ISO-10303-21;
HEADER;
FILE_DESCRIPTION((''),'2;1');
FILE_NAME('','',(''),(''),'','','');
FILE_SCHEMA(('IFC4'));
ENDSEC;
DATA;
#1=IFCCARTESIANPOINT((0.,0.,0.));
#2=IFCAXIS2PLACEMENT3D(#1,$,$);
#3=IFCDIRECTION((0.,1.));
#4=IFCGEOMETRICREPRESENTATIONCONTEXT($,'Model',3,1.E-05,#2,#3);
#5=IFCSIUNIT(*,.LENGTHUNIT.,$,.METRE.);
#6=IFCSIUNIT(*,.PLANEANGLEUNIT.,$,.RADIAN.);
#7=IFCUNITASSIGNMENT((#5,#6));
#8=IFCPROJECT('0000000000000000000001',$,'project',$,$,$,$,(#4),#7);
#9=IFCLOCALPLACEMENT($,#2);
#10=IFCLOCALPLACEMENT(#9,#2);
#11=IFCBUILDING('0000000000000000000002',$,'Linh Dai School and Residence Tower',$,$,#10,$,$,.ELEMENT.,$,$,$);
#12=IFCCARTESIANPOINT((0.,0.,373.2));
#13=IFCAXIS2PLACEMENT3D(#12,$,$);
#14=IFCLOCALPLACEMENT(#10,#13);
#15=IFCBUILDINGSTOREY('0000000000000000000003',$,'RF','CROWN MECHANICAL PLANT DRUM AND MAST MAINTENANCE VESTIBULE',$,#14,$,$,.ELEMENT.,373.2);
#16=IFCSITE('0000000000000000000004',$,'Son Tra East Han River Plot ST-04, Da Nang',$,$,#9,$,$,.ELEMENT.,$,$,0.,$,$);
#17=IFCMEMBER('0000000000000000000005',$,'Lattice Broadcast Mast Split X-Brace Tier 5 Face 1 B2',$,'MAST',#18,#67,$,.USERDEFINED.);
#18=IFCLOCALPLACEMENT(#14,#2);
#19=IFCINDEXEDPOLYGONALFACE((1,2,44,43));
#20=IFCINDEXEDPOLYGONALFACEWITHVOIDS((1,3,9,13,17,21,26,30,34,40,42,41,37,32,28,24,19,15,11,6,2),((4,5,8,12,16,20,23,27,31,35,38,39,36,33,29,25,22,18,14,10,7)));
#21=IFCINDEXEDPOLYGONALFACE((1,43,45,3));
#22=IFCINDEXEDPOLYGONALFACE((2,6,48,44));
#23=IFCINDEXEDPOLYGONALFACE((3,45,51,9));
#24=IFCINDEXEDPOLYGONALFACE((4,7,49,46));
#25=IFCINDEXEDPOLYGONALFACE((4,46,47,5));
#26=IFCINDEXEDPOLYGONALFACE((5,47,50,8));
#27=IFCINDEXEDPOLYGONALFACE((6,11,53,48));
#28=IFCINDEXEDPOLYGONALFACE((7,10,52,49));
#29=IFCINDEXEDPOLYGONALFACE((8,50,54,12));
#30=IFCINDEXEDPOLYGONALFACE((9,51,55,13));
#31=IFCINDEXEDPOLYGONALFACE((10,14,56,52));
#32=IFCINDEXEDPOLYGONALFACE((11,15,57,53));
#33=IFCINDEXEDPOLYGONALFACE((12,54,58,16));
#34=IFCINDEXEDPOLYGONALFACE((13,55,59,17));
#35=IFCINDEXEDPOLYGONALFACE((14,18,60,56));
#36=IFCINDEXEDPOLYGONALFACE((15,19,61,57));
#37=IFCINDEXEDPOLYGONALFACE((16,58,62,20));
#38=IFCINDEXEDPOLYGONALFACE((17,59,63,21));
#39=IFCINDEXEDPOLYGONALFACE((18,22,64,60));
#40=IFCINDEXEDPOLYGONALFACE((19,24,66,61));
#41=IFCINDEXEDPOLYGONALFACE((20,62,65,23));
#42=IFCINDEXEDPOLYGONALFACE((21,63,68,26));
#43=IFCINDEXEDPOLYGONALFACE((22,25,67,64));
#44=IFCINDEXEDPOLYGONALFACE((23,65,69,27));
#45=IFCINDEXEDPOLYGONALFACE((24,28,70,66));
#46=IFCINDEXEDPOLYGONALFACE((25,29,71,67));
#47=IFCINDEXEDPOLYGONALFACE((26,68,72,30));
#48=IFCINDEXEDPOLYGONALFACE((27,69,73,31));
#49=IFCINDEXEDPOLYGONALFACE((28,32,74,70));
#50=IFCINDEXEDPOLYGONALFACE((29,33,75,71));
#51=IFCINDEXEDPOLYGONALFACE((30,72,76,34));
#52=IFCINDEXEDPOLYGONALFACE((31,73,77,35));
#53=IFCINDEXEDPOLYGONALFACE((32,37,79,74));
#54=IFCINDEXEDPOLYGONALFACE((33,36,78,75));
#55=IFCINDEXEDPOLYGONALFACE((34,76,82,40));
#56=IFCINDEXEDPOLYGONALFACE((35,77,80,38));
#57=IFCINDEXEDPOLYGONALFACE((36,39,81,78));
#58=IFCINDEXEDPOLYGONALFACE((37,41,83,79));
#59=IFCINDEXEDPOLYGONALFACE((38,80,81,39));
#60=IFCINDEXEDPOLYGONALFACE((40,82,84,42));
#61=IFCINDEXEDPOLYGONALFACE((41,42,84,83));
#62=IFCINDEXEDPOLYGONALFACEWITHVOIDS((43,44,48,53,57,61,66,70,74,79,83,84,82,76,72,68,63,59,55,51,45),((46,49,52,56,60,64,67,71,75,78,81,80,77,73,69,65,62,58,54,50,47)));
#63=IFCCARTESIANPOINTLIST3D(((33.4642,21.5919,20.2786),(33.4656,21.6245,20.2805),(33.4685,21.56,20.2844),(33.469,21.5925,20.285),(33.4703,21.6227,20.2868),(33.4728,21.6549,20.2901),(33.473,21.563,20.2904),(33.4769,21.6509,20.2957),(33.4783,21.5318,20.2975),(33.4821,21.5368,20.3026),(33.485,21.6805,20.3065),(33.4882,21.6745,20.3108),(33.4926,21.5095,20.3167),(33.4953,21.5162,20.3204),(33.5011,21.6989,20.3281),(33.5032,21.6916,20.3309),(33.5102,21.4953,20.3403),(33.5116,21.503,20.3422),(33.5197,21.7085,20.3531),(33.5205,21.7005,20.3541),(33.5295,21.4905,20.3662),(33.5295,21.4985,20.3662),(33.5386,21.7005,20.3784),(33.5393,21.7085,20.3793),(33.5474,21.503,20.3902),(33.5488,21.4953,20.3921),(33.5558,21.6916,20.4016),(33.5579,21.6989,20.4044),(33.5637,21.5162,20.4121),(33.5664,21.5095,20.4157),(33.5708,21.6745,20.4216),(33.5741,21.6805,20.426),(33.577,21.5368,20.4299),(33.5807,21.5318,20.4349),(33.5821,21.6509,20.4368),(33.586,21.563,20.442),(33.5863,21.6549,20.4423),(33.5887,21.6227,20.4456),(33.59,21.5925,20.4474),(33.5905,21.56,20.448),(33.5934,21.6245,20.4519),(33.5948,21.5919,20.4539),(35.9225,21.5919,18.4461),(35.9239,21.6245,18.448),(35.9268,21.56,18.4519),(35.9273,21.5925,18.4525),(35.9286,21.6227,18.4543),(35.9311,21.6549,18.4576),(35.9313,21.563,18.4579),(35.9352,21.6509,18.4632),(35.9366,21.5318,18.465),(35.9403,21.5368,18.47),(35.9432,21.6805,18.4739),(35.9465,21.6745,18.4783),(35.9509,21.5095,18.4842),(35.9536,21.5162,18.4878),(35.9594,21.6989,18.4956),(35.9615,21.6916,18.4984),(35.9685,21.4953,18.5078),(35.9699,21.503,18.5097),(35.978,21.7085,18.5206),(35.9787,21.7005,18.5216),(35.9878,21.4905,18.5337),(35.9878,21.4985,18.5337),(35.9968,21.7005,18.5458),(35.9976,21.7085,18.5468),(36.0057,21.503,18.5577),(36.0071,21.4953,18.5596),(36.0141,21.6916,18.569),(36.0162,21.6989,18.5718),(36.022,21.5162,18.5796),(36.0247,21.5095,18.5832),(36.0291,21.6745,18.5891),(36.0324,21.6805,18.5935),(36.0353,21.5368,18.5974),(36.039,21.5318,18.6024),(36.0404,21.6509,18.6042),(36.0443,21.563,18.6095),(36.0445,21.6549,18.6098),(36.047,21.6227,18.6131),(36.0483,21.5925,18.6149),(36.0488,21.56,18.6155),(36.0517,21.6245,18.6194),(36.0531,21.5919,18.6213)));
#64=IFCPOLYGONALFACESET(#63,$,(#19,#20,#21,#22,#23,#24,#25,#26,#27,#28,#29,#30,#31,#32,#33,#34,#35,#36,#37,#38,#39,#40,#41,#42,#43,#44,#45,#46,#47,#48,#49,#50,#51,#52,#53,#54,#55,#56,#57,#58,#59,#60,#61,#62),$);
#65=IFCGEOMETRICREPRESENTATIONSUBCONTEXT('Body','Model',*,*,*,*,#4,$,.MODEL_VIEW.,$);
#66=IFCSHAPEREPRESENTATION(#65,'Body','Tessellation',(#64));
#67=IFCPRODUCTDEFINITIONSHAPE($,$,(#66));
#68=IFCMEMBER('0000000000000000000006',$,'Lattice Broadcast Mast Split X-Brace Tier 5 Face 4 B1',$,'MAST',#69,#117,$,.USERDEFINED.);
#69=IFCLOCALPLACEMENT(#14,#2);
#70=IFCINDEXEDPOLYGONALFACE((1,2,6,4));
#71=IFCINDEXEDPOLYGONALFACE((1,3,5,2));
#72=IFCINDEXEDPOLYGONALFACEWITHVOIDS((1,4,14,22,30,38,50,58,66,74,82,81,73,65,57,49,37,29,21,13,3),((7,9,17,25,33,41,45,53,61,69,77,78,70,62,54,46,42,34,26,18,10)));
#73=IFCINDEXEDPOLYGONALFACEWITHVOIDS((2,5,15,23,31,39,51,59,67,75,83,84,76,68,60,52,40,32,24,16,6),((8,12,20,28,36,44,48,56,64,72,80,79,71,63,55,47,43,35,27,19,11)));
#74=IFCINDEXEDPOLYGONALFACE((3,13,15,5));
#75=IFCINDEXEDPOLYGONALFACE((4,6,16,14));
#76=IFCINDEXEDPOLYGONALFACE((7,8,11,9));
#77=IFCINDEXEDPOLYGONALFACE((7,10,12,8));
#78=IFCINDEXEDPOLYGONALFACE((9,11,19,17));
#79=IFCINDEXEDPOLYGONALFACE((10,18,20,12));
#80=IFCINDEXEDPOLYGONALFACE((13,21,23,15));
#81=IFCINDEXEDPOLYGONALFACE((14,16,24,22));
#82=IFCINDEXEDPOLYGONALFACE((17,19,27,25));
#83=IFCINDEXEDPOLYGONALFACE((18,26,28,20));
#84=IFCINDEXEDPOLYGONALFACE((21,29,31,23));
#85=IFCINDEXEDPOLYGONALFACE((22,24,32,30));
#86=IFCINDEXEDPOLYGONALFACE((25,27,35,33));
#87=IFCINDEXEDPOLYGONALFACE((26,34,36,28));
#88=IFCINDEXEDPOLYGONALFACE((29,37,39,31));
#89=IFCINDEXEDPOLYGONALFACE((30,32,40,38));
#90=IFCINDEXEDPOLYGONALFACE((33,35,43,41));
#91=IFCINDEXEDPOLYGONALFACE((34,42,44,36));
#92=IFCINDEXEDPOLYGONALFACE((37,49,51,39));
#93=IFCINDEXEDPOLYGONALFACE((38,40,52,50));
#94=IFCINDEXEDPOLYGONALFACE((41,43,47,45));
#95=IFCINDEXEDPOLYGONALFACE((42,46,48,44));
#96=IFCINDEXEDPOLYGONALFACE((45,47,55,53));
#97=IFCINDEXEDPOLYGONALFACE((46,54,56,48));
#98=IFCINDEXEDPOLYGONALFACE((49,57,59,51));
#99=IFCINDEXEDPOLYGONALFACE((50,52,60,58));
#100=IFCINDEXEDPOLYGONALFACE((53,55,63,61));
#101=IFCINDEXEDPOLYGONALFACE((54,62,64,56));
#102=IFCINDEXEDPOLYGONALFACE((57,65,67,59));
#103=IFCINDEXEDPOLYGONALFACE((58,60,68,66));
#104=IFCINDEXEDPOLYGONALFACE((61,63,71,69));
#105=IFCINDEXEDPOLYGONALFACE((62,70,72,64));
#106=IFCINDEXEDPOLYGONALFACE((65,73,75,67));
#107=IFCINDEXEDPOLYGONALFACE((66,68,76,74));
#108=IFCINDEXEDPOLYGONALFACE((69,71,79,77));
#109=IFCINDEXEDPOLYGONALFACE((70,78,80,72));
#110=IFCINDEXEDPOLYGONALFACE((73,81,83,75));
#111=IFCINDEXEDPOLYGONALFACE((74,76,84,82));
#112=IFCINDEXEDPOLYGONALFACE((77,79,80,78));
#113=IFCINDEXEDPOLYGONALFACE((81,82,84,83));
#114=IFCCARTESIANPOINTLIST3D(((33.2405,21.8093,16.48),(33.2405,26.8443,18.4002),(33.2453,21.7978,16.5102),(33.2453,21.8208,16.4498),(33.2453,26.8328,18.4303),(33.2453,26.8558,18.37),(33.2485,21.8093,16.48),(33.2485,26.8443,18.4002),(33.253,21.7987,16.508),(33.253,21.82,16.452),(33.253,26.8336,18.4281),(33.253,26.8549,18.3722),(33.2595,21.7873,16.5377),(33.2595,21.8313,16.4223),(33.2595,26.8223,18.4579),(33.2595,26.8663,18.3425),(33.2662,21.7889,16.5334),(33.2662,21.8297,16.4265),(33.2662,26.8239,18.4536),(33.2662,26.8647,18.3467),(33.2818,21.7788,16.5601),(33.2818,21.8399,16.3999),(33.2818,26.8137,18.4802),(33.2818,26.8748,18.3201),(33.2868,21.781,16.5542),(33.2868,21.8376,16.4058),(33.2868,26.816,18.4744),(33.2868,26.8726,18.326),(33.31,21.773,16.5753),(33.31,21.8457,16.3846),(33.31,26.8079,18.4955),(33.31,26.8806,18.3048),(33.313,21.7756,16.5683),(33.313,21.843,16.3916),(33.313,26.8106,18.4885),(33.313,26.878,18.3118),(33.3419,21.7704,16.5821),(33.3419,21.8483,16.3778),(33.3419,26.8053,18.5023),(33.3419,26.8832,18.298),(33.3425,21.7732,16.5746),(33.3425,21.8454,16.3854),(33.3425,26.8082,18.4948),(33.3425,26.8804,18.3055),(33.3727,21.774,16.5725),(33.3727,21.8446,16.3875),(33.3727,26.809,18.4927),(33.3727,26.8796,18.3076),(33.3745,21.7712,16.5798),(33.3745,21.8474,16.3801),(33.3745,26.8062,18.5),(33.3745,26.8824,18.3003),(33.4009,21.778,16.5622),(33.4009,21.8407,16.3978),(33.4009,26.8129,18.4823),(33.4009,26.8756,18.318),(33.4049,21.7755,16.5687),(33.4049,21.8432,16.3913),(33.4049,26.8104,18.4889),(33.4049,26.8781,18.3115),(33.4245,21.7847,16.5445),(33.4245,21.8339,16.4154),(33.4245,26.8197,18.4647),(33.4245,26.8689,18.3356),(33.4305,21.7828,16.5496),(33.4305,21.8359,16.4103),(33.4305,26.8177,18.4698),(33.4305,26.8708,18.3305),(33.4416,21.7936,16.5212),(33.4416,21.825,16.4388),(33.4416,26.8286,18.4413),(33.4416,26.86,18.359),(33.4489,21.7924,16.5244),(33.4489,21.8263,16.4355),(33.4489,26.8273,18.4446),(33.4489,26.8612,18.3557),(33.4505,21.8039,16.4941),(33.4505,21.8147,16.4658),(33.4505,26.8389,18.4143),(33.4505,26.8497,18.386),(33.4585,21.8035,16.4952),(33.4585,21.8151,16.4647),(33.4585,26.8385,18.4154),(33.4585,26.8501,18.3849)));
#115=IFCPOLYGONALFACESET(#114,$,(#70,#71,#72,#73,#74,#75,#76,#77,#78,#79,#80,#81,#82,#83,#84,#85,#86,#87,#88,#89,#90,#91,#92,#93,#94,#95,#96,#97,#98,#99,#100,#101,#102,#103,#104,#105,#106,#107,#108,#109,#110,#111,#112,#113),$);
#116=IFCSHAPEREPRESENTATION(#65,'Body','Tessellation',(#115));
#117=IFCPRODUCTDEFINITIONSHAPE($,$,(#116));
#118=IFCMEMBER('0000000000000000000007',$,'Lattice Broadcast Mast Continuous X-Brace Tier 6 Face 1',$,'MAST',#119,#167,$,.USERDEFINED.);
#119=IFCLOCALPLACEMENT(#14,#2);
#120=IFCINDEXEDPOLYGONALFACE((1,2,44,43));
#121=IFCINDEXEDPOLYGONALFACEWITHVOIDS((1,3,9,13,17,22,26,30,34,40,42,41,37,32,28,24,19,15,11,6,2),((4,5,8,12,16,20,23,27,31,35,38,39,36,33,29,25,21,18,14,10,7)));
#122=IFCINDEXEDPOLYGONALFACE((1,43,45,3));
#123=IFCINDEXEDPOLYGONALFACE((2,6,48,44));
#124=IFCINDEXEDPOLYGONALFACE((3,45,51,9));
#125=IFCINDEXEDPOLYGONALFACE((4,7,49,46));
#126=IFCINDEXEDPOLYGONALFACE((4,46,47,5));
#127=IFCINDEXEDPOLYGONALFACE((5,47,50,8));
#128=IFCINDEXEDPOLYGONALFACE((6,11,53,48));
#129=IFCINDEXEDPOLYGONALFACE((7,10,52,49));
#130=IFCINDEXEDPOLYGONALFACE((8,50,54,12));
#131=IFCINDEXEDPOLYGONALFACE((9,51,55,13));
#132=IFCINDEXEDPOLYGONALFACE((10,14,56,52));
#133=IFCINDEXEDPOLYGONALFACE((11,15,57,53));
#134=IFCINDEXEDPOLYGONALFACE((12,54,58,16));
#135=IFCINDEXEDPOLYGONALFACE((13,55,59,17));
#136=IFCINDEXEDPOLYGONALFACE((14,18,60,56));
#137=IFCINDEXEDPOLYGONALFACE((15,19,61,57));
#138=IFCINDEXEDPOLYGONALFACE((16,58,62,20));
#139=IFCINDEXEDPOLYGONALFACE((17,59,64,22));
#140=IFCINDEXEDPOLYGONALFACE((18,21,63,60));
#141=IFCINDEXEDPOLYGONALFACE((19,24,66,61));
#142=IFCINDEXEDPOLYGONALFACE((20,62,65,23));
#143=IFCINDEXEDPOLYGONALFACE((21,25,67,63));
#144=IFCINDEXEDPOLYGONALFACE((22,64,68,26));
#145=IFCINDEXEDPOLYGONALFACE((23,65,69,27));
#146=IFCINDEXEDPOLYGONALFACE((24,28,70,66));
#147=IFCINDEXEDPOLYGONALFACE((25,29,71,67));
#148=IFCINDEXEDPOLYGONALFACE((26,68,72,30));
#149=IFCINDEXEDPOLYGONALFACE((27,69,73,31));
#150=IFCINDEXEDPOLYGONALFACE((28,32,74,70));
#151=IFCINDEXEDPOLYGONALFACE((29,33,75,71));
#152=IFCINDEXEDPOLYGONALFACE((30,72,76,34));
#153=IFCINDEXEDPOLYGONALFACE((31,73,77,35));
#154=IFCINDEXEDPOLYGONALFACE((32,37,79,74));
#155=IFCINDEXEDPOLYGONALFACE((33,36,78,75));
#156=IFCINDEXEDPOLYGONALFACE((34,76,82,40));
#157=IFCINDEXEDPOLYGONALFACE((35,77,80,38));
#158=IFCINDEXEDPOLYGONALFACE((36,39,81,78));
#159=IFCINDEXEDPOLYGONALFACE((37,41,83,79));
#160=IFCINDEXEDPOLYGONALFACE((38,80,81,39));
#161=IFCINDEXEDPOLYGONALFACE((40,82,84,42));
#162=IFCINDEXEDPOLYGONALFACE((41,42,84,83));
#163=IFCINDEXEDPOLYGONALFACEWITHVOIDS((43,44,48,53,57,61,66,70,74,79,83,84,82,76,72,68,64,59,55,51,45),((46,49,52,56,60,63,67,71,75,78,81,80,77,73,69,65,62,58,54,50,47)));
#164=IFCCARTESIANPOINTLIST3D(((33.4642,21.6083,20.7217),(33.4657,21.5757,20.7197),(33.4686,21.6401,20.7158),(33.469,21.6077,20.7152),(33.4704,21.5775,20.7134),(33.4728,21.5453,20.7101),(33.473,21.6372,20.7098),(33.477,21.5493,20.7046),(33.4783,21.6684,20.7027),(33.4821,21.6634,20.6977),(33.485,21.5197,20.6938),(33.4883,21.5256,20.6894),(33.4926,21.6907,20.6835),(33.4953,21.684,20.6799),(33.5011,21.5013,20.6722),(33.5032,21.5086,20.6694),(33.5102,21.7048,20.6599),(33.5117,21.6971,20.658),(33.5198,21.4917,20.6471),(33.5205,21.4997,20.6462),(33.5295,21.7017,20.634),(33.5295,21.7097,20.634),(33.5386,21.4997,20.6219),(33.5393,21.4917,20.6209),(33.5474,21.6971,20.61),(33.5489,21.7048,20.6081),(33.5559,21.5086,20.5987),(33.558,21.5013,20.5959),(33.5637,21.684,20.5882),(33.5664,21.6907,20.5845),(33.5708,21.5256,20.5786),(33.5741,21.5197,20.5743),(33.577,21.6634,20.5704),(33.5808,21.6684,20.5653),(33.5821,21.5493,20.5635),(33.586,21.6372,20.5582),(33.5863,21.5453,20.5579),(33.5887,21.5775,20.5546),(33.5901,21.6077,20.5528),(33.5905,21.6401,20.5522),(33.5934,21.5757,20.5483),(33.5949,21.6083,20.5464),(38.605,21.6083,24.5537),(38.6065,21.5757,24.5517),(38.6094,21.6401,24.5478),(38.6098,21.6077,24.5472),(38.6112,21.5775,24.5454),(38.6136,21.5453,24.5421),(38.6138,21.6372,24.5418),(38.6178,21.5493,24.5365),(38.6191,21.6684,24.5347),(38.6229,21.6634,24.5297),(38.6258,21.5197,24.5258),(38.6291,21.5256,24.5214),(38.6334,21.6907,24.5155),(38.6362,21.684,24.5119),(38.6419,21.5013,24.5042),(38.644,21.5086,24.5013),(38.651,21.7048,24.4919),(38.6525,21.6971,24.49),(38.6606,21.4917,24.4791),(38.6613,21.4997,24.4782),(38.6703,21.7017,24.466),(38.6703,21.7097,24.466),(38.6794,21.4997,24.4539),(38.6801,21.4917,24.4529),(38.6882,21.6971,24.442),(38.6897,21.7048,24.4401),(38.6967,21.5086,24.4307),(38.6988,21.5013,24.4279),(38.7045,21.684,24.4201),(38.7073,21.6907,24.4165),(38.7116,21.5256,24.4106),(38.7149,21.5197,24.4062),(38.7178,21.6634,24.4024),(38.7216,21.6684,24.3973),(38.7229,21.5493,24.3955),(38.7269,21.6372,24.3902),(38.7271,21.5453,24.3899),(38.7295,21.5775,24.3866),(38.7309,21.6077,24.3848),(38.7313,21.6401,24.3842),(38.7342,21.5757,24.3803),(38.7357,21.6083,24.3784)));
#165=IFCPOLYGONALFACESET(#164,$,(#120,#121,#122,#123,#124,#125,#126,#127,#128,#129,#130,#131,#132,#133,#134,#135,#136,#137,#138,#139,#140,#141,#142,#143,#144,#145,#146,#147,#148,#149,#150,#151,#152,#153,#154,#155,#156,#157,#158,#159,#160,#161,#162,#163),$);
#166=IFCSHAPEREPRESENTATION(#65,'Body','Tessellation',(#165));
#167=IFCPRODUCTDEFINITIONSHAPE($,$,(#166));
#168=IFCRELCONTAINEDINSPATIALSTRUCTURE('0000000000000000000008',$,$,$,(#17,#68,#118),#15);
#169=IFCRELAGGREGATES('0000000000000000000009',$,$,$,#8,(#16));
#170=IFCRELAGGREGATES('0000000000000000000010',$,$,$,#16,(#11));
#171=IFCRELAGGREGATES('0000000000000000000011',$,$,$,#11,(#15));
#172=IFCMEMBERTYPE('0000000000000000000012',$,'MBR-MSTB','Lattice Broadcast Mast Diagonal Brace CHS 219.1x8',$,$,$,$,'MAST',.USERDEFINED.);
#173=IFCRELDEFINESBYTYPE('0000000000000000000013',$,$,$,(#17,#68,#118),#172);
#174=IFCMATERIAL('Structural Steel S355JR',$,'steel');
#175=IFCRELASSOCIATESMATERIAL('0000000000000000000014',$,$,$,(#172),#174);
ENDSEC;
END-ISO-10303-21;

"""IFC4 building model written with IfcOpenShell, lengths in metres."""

from ifc_helpers import new_model, si_unit, direction, frame, origin, origin_2d, place, context, subcontext, project, spatial, hollow_circle, extrude, material, material_profile, profile_set, type_object, element, save


model = new_model("IFC4")

# Units and contexts
model_context = context("Model", 3, precision=1e-05, world=origin(), true_north=direction((0.0, 1.0)))
body_context = subcontext(model_context, "Body", "Model", "MODEL_VIEW")
ifc_project = project(units=[si_unit("LENGTHUNIT", "METRE"), si_unit("PLANEANGLEUNIT", "RADIAN")], contexts=[model_context])

# Site, building, storey
site_placement = place(None, origin())
site = spatial("IfcSite", under=ifc_project, at=site_placement, Name="Son Tra East Han River Plot ST-04, Da Nang", CompositionType="ELEMENT", RefElevation=0.0)
building_placement = place(site_placement, origin())
building = spatial("IfcBuilding", under=site, at=building_placement, Name="Linh Dai School and Residence Tower", CompositionType="ELEMENT")
storey_placement = place(building_placement, frame((0.0, 0.0, 373.2)))
storey = spatial("IfcBuildingStorey", under=building, at=storey_placement, Name="RF", Description="CROWN MECHANICAL PLANT DRUM AND MAST MAINTENANCE VESTIBULE", CompositionType="ELEMENT", Elevation=373.2)

# Shared definitions
ifc_material_1 = material(Name="Structural Steel S355JR", Category="steel")

# Members
ifc_material_profile_1 = material_profile(ifc_material_1, hollow_circle(Radius=0.1096, WallThickness=0.0081, at=origin_2d()), Name="CHS 219.1x8")
ifc_profile_set_1 = profile_set([ifc_material_profile_1], Name="Structural Steel S355JR")
member_type = type_object("IfcMemberType", Name="MBR-MSTB", Description="Lattice Broadcast Mast Diagonal Brace CHS 219.1x8", ElementType="MAST", PredefinedType="USERDEFINED", material=ifc_profile_set_1)
member_1_placement = place(storey_placement, frame((35.9878, 21.6001, 18.5337), z_axis=(-0.801745, 0.0, 0.597666), x_axis=(0.0, -1.0, 0.0)))
element("IfcMember", 1, at=member_1_placement, inside=storey, type_object=member_type, Name="Lattice Broadcast Mast Split X-Brace Tier 5 Face 1 B2", ObjectType="MAST", PredefinedType="USERDEFINED", context=body_context, shape_type="SweptSolid", body=[
    extrude(hollow_circle(Radius=0.1096, WallThickness=0.0081, at=origin_2d()), origin(), (0.0, 0.0, 1.0), 3.0662),
])
member_2_placement = place(storey_placement, frame((33.3501, 21.8093, 16.48), z_axis=(0.0, 0.934358, 0.356336), x_axis=(-1.0, 0.0, 0.0)))
element("IfcMember", 2, at=member_2_placement, inside=storey, type_object=member_type, Name="Lattice Broadcast Mast Split X-Brace Tier 5 Face 4 B1", ObjectType="MAST", PredefinedType="USERDEFINED", context=body_context, shape_type="SweptSolid", body=[
    extrude(hollow_circle(Radius=0.1096, WallThickness=0.0081, at=origin_2d()), origin(), (0.0, 0.0, 1.0), 5.3887),
])
member_3_placement = place(storey_placement, frame((33.5295, 21.6001, 20.634), z_axis=(0.801765, 0.0, 0.59764), x_axis=(0.0, 1.0, 0.0)))
element("IfcMember", 3, at=member_3_placement, inside=storey, type_object=member_type, Name="Lattice Broadcast Mast Continuous X-Brace Tier 6 Face 1", ObjectType="MAST", PredefinedType="USERDEFINED", context=body_context, shape_type="SweptSolid", body=[
    extrude(hollow_circle(Radius=0.1096, WallThickness=0.0081, at=origin_2d()), origin(), (0.0, 0.0, 1.0), 6.4119),
])

save(model, "model.ifc")
